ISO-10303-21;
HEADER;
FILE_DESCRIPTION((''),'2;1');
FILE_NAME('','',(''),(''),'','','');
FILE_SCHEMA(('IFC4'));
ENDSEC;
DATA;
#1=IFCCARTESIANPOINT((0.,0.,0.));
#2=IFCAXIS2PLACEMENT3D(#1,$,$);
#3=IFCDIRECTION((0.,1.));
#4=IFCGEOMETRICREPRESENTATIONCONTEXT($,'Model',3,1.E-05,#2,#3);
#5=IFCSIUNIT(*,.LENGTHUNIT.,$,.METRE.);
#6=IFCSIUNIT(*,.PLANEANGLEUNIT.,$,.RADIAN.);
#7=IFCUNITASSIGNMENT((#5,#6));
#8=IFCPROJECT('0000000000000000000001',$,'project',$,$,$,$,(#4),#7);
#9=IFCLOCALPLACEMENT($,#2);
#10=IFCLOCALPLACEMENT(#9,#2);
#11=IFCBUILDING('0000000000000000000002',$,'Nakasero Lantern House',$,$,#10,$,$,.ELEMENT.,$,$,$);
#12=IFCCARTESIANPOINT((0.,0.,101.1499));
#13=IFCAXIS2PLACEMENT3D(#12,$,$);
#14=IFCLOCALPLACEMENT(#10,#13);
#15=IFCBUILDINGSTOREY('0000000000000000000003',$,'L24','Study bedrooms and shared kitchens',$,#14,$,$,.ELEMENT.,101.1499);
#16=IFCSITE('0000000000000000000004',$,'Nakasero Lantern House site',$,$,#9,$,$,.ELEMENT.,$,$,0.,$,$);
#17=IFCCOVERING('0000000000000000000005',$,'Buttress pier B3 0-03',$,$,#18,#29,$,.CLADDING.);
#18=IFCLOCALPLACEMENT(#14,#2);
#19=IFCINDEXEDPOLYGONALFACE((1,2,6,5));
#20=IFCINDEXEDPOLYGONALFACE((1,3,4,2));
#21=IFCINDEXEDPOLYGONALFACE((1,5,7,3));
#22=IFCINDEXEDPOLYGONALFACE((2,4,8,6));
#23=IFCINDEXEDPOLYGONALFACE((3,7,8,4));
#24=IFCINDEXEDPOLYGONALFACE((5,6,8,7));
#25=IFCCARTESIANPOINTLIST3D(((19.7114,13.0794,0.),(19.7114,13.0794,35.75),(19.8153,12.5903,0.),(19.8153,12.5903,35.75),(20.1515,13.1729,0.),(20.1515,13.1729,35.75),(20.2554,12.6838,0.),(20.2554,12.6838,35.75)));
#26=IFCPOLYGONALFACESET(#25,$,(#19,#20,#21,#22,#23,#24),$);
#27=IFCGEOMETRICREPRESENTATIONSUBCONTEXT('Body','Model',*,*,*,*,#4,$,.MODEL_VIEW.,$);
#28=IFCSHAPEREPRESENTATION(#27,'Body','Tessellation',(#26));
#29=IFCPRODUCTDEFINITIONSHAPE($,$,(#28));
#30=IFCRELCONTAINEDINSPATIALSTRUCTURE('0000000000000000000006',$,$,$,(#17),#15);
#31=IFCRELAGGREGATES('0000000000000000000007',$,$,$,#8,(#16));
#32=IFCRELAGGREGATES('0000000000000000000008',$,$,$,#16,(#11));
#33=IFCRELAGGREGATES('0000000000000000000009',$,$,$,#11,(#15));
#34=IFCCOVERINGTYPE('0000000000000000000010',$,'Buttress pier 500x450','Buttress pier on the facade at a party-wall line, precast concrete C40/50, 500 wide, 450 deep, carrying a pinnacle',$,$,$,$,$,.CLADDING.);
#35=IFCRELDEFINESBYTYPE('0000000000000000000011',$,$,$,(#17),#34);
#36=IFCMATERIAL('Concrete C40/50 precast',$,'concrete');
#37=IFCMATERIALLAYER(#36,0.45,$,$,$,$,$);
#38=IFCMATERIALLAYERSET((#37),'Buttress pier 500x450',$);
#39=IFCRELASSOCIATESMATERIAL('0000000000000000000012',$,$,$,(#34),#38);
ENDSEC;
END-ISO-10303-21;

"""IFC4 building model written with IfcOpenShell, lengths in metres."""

from ifc_helpers import new_model, si_unit, direction, frame, origin, origin_2d, place, context, subcontext, project, spatial, rectangle, extrude, material, layer, layer_set, type_object, element, save


model = new_model("IFC4")

# Units and contexts
model_context = context("Model", 3, precision=1e-05, world=origin(), true_north=direction((0.0, 1.0)))
body_context = subcontext(model_context, "Body", "Model", "MODEL_VIEW")
ifc_project = project(units=[si_unit("LENGTHUNIT", "METRE"), si_unit("PLANEANGLEUNIT", "RADIAN")], contexts=[model_context])

# Site, building, storey
site_placement = place(None, origin())
site = spatial("IfcSite", under=ifc_project, at=site_placement, Name="Nakasero Lantern House site", CompositionType="ELEMENT", RefElevation=0.0)
building_placement = place(site_placement, origin())
building = spatial("IfcBuilding", under=site, at=building_placement, Name="Nakasero Lantern House", CompositionType="ELEMENT")
storey_placement = place(building_placement, frame((0.0, 0.0, 101.1499)))
storey = spatial("IfcBuildingStorey", under=building, at=storey_placement, Name="L24", Description="Study bedrooms and shared kitchens", CompositionType="ELEMENT", Elevation=101.1499)

# Covering
ifc_material_1 = material(Name="Concrete C40/50 precast", Category="concrete")
ifc_layer_1 = layer(ifc_material_1, 0.45)
ifc_layer_set_1 = layer_set([ifc_layer_1], Name="Buttress pier 500x450")
covering_type = type_object("IfcCoveringType", Name="Buttress pier 500x450", Description="Buttress pier on the facade at a party-wall line, precast concrete C40/50, 500 wide, 450 deep, carrying a pinnacle", PredefinedType="CLADDING", material=ifc_layer_set_1)
covering_placement = place(storey_placement, frame((19.9834, 12.8816, 0.0), z_axis=(0.0, 0.0, 1.0), x_axis=(0.978148, 0.207912, 0.0)))
element("IfcCovering", 1, at=covering_placement, inside=storey, type_object=covering_type, Name="Buttress pier B3 0-03", PredefinedType="CLADDING", context=body_context, shape_type="SweptSolid", body=[
    extrude(rectangle(XDim=0.45, YDim=0.5, at=origin_2d()), origin(), (0.0, 0.0, 1.0), 35.75),
])

save(model, "model.ifc")
